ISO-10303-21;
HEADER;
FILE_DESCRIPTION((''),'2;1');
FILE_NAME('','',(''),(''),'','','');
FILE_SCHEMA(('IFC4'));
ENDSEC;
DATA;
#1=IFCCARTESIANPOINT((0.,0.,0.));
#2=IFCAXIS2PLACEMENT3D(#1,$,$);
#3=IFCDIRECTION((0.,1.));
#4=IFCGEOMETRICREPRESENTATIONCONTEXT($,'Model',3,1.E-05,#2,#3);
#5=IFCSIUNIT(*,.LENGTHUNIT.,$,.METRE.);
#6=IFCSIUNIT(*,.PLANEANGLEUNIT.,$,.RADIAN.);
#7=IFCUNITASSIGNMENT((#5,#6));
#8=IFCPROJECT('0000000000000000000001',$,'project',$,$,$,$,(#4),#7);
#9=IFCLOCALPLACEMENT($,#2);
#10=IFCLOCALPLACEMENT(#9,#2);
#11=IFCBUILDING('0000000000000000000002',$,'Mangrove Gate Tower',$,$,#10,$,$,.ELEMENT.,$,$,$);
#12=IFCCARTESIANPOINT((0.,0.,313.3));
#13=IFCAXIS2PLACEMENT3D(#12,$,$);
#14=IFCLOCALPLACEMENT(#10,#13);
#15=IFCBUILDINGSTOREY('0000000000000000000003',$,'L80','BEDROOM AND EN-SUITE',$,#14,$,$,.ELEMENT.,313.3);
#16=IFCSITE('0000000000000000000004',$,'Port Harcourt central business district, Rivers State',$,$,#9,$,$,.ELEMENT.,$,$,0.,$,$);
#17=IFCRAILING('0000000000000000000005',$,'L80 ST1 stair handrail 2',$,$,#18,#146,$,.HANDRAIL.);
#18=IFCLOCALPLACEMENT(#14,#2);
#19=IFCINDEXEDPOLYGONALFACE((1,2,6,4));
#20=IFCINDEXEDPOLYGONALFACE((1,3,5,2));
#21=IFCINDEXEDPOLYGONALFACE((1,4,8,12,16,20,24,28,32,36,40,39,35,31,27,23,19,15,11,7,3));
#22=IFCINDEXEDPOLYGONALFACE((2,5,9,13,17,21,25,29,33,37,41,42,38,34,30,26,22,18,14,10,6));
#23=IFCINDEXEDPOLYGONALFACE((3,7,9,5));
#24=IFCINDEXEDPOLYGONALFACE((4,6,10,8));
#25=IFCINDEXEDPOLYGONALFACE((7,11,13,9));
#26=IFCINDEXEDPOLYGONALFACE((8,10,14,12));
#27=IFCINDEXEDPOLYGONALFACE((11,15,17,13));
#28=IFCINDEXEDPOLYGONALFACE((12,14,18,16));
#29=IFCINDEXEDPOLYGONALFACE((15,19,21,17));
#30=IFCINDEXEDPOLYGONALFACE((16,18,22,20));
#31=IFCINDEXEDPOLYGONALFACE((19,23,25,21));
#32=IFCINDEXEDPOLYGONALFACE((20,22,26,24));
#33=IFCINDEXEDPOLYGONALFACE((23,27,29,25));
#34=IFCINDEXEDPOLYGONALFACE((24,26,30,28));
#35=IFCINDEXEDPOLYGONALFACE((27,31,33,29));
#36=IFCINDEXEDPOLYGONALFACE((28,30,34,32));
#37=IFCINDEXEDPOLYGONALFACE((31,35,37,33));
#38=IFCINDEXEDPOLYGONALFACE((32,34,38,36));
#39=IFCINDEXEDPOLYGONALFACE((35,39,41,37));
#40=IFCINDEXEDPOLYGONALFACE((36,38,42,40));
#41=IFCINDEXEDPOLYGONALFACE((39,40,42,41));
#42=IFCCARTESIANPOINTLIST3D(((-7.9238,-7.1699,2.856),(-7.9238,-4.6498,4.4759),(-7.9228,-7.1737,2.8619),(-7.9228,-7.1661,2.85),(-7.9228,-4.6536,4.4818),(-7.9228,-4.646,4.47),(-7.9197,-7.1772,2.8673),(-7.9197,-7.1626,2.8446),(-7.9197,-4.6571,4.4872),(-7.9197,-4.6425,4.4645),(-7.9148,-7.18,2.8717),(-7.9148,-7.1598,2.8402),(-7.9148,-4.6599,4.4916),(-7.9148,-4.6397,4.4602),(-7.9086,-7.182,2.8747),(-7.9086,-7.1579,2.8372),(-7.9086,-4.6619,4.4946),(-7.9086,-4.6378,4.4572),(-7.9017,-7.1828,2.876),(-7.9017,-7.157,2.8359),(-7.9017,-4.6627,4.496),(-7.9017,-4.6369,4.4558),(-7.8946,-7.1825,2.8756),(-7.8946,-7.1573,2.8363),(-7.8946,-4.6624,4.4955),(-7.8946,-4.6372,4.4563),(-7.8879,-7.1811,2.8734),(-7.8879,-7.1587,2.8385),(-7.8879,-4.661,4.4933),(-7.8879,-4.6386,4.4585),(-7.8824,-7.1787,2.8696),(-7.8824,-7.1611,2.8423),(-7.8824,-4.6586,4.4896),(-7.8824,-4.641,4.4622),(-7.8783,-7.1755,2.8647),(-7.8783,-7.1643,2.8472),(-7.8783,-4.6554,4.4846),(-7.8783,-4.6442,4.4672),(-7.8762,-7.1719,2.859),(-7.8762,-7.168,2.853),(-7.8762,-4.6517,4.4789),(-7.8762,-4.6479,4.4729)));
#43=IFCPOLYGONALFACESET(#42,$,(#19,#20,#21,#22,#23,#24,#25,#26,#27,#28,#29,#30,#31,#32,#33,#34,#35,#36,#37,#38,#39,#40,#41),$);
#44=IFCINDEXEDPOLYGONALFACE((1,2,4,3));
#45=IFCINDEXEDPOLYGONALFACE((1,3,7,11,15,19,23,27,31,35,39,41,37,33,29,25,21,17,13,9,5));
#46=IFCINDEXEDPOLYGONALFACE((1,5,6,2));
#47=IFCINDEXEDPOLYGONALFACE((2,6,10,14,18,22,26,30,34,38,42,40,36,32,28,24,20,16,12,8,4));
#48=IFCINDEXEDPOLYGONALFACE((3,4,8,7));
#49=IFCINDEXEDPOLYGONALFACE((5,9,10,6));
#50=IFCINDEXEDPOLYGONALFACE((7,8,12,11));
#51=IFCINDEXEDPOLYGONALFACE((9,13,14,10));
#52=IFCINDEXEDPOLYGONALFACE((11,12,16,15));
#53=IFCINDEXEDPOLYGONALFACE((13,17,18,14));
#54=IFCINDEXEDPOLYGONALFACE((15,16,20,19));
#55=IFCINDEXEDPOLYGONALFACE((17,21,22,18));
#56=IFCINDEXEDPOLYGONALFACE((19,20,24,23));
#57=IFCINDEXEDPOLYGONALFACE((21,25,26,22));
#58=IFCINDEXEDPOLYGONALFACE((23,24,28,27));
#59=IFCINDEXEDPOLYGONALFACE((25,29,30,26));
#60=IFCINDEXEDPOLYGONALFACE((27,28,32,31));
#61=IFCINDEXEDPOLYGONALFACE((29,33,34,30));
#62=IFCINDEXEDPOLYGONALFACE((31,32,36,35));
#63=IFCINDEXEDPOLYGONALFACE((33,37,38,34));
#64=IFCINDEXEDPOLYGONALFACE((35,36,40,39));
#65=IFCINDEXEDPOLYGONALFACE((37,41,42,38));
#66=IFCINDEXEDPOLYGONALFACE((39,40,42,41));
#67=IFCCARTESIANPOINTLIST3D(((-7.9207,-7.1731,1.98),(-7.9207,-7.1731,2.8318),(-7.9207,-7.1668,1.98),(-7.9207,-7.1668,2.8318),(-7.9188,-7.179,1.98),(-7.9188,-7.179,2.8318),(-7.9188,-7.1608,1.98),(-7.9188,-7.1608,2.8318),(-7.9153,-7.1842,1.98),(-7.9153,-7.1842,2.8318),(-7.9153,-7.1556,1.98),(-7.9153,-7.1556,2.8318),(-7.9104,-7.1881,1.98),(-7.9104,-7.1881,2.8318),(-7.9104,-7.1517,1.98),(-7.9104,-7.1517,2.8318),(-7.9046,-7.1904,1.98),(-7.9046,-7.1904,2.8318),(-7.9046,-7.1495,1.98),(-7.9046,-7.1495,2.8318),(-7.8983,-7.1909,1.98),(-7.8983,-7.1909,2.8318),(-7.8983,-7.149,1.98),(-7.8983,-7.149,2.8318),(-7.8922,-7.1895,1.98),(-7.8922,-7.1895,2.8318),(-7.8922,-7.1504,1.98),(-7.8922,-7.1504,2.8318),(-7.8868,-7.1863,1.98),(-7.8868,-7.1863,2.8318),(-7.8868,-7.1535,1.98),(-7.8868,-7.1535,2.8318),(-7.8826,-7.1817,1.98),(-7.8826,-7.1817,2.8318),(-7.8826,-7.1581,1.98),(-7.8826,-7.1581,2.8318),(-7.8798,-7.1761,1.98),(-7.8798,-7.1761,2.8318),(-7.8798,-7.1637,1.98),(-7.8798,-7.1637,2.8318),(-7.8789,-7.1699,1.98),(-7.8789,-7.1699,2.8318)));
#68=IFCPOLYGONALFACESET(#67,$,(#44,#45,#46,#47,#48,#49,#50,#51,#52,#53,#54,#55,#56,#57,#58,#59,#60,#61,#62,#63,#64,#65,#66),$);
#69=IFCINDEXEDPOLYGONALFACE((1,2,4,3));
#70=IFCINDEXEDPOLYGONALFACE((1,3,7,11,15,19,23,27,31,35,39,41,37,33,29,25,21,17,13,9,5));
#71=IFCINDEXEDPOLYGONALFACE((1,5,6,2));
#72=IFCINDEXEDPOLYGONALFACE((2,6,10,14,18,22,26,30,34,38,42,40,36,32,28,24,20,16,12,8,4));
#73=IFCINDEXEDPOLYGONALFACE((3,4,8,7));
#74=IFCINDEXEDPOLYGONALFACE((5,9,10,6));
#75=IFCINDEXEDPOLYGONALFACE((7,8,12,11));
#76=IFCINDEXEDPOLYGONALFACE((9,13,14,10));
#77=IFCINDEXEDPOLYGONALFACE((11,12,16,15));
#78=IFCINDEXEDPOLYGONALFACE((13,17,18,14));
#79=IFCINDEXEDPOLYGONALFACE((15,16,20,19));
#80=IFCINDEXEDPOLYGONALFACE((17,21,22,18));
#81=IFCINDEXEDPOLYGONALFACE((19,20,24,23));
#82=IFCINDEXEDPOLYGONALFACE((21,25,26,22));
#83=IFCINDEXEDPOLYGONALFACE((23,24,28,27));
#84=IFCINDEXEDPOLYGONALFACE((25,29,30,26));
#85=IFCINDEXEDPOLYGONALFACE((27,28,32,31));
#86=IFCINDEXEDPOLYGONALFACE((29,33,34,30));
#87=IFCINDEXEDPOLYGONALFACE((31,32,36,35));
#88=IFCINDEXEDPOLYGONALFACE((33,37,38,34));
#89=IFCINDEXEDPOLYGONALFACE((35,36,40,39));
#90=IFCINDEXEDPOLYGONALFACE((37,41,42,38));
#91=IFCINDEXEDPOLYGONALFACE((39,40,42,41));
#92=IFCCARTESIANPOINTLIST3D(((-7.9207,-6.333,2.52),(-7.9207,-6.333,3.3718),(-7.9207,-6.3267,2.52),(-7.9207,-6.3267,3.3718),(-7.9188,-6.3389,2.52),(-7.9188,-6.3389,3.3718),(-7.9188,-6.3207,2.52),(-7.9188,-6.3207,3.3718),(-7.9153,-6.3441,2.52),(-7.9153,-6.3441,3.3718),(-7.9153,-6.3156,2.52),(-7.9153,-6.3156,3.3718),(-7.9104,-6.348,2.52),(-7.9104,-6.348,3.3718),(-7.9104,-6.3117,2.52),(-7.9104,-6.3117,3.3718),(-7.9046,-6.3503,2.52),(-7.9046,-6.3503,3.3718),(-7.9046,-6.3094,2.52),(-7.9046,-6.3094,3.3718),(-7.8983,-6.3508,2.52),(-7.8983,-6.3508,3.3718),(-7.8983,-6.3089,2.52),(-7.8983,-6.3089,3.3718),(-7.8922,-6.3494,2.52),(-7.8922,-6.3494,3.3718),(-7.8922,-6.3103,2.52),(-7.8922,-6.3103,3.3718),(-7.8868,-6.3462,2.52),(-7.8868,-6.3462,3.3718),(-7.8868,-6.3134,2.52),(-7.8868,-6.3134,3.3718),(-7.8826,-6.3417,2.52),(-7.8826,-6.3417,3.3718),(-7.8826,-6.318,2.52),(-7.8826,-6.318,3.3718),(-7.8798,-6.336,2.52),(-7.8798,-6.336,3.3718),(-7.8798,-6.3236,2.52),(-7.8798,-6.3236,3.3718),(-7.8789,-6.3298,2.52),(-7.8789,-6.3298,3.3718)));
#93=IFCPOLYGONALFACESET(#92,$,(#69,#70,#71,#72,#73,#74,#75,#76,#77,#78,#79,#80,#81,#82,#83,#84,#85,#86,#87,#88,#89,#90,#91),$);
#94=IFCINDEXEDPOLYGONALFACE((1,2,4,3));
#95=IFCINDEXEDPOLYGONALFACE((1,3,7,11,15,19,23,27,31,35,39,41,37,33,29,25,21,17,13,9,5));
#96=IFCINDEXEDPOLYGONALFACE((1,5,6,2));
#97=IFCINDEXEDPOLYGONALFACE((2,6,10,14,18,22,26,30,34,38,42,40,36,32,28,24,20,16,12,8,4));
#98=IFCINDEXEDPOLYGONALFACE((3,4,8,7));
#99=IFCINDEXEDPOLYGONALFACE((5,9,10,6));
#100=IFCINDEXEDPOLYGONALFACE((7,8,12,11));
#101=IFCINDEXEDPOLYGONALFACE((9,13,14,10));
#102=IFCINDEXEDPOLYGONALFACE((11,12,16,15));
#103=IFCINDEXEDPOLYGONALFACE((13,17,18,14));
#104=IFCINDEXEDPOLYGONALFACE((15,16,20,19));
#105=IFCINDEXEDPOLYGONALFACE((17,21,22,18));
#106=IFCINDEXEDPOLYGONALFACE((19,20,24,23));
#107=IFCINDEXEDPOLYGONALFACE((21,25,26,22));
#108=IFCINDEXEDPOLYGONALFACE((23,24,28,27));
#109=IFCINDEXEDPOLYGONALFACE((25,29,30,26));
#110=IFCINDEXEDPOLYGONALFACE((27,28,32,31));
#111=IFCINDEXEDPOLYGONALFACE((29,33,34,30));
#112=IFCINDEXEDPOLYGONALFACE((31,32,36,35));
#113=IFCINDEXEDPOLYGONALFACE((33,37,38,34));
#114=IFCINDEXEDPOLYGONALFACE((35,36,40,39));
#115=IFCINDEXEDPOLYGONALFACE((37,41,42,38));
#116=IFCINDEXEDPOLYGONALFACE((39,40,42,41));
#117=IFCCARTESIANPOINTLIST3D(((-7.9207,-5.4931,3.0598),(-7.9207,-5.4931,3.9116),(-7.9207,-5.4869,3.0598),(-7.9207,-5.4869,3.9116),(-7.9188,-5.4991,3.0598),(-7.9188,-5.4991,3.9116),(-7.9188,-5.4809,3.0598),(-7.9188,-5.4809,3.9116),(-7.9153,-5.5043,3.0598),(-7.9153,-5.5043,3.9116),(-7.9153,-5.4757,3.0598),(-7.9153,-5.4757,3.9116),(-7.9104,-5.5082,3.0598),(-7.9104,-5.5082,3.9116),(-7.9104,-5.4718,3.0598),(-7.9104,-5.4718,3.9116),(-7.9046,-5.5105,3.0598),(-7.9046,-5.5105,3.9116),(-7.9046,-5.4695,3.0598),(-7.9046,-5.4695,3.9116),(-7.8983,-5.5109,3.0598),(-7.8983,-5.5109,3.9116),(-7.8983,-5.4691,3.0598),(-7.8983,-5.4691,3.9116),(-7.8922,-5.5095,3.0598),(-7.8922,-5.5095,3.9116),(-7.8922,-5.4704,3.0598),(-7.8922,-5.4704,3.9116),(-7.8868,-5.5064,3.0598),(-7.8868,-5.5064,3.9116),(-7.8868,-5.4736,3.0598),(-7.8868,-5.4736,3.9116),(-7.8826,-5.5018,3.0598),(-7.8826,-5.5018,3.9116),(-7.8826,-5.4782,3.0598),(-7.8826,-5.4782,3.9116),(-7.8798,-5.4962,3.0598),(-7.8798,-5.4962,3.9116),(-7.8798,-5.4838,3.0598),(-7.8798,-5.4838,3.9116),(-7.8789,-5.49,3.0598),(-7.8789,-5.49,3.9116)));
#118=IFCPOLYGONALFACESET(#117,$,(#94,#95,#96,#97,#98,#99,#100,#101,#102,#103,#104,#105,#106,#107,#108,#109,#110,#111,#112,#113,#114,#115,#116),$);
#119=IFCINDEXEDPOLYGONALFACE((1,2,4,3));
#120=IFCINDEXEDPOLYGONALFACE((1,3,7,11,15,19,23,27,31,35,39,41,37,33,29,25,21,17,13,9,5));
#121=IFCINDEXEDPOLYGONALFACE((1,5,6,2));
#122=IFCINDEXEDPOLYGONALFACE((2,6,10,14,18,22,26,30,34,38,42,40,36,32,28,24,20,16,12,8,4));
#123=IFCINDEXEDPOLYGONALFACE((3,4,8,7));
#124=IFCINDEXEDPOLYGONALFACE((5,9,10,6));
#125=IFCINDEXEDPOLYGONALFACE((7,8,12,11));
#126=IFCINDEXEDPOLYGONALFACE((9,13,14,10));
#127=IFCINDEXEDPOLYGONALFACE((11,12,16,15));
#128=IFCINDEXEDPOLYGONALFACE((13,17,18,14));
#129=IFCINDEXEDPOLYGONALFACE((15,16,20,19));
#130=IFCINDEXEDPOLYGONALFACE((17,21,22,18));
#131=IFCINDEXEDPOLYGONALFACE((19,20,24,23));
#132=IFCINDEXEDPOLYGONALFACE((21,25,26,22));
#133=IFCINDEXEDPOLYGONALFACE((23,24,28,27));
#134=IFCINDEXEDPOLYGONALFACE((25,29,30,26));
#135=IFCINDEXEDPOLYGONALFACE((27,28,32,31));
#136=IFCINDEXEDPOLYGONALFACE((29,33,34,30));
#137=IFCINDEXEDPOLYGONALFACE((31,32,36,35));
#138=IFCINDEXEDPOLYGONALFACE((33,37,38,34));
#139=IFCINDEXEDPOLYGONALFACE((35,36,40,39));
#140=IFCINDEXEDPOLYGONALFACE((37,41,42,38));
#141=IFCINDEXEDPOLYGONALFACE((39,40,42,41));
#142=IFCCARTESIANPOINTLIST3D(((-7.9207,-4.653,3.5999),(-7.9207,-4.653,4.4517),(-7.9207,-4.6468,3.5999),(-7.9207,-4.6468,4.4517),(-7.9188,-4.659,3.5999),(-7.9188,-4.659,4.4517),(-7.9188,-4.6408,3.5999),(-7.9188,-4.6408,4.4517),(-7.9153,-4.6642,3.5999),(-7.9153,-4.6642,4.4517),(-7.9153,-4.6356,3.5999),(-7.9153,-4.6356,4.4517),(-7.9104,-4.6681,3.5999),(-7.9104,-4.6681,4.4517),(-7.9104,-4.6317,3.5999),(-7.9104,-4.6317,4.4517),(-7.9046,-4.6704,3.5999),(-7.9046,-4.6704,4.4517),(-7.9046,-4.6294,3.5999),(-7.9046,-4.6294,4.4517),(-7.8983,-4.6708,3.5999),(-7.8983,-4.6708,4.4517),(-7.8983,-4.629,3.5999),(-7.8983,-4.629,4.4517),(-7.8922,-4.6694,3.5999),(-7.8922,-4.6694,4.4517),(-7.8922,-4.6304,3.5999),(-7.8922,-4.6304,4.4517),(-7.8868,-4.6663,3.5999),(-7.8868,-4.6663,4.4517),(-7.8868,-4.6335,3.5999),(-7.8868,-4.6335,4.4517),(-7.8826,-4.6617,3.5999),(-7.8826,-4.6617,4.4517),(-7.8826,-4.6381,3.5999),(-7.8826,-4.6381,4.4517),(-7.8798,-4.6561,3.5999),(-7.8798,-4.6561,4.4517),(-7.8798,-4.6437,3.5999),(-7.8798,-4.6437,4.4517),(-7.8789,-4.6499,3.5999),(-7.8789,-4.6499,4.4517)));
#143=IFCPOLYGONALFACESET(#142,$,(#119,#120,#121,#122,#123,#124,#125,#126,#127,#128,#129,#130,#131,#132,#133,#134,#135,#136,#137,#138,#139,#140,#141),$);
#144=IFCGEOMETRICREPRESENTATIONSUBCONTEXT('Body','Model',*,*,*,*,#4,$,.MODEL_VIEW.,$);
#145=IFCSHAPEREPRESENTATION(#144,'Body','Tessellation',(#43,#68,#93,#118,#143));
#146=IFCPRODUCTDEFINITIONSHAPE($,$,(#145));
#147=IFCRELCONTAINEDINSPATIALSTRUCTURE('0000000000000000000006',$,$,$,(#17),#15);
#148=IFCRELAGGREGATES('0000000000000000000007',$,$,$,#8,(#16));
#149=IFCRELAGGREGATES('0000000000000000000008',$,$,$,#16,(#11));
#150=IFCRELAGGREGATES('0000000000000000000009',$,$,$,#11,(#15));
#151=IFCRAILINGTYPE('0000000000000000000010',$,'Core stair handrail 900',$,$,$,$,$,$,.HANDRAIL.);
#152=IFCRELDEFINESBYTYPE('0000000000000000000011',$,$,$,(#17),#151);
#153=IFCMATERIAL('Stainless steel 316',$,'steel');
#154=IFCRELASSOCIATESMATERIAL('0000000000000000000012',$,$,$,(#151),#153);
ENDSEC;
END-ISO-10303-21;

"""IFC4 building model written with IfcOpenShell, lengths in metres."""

from ifc_helpers import new_model, si_unit, direction, frame, origin, origin_2d, place, context, subcontext, project, spatial, circle, extrude, material, type_object, element, save


model = new_model("IFC4")

# Units and contexts
model_context = context("Model", 3, precision=1e-05, world=origin(), true_north=direction((0.0, 1.0)))
body_context = subcontext(model_context, "Body", "Model", "MODEL_VIEW")
ifc_project = project(units=[si_unit("LENGTHUNIT", "METRE"), si_unit("PLANEANGLEUNIT", "RADIAN")], contexts=[model_context])

# Site, building, storey
site_placement = place(None, origin())
site = spatial("IfcSite", under=ifc_project, at=site_placement, Name="Port Harcourt central business district, Rivers State", CompositionType="ELEMENT", RefElevation=0.0)
building_placement = place(site_placement, origin())
building = spatial("IfcBuilding", under=site, at=building_placement, Name="Mangrove Gate Tower", CompositionType="ELEMENT")
storey_placement = place(building_placement, frame((0.0, 0.0, 313.3)))
storey = spatial("IfcBuildingStorey", under=building, at=storey_placement, Name="L80", Description="BEDROOM AND EN-SUITE", CompositionType="ELEMENT", Elevation=313.3)

# Railing
ifc_material_1 = material(Name="Stainless steel 316", Category="steel")
railing_type_1 = type_object("IfcRailingType", Name="Core stair handrail 900", PredefinedType="HANDRAIL", material=ifc_material_1)
railing_1_placement = place(storey_placement, frame((-7.8999, -7.1699, 1.98)))
element("IfcRailing", 1, at=railing_1_placement, inside=storey, type_object=railing_type_1, Name="L80 ST1 stair handrail 2", PredefinedType="HANDRAIL", context=body_context, shape_type="SweptSolid", body=[
    extrude(circle(Radius=0.0239, at=origin_2d()), frame((0.0, 0.0, 0.876), z_axis=(0.0, 0.8412, 0.540725), x_axis=(-1.0, 0.0, 0.0)), (0.0, 0.0, 1.0), 2.9958),
    extrude(circle(Radius=0.021, at=origin_2d()), origin(), (0.0, 0.0, 1.0), 0.8518),
    extrude(circle(Radius=0.021, at=origin_2d()), frame((0.0, 0.8401, 0.54)), (0.0, 0.0, 1.0), 0.8518),
    extrude(circle(Radius=0.021, at=origin_2d()), frame((0.0, 1.6799, 1.0798)), (0.0, 0.0, 1.0), 0.8518),
    extrude(circle(Radius=0.021, at=origin_2d()), frame((0.0, 2.52, 1.6199)), (0.0, 0.0, 1.0), 0.8518),
])

save(model, "model.ifc")
